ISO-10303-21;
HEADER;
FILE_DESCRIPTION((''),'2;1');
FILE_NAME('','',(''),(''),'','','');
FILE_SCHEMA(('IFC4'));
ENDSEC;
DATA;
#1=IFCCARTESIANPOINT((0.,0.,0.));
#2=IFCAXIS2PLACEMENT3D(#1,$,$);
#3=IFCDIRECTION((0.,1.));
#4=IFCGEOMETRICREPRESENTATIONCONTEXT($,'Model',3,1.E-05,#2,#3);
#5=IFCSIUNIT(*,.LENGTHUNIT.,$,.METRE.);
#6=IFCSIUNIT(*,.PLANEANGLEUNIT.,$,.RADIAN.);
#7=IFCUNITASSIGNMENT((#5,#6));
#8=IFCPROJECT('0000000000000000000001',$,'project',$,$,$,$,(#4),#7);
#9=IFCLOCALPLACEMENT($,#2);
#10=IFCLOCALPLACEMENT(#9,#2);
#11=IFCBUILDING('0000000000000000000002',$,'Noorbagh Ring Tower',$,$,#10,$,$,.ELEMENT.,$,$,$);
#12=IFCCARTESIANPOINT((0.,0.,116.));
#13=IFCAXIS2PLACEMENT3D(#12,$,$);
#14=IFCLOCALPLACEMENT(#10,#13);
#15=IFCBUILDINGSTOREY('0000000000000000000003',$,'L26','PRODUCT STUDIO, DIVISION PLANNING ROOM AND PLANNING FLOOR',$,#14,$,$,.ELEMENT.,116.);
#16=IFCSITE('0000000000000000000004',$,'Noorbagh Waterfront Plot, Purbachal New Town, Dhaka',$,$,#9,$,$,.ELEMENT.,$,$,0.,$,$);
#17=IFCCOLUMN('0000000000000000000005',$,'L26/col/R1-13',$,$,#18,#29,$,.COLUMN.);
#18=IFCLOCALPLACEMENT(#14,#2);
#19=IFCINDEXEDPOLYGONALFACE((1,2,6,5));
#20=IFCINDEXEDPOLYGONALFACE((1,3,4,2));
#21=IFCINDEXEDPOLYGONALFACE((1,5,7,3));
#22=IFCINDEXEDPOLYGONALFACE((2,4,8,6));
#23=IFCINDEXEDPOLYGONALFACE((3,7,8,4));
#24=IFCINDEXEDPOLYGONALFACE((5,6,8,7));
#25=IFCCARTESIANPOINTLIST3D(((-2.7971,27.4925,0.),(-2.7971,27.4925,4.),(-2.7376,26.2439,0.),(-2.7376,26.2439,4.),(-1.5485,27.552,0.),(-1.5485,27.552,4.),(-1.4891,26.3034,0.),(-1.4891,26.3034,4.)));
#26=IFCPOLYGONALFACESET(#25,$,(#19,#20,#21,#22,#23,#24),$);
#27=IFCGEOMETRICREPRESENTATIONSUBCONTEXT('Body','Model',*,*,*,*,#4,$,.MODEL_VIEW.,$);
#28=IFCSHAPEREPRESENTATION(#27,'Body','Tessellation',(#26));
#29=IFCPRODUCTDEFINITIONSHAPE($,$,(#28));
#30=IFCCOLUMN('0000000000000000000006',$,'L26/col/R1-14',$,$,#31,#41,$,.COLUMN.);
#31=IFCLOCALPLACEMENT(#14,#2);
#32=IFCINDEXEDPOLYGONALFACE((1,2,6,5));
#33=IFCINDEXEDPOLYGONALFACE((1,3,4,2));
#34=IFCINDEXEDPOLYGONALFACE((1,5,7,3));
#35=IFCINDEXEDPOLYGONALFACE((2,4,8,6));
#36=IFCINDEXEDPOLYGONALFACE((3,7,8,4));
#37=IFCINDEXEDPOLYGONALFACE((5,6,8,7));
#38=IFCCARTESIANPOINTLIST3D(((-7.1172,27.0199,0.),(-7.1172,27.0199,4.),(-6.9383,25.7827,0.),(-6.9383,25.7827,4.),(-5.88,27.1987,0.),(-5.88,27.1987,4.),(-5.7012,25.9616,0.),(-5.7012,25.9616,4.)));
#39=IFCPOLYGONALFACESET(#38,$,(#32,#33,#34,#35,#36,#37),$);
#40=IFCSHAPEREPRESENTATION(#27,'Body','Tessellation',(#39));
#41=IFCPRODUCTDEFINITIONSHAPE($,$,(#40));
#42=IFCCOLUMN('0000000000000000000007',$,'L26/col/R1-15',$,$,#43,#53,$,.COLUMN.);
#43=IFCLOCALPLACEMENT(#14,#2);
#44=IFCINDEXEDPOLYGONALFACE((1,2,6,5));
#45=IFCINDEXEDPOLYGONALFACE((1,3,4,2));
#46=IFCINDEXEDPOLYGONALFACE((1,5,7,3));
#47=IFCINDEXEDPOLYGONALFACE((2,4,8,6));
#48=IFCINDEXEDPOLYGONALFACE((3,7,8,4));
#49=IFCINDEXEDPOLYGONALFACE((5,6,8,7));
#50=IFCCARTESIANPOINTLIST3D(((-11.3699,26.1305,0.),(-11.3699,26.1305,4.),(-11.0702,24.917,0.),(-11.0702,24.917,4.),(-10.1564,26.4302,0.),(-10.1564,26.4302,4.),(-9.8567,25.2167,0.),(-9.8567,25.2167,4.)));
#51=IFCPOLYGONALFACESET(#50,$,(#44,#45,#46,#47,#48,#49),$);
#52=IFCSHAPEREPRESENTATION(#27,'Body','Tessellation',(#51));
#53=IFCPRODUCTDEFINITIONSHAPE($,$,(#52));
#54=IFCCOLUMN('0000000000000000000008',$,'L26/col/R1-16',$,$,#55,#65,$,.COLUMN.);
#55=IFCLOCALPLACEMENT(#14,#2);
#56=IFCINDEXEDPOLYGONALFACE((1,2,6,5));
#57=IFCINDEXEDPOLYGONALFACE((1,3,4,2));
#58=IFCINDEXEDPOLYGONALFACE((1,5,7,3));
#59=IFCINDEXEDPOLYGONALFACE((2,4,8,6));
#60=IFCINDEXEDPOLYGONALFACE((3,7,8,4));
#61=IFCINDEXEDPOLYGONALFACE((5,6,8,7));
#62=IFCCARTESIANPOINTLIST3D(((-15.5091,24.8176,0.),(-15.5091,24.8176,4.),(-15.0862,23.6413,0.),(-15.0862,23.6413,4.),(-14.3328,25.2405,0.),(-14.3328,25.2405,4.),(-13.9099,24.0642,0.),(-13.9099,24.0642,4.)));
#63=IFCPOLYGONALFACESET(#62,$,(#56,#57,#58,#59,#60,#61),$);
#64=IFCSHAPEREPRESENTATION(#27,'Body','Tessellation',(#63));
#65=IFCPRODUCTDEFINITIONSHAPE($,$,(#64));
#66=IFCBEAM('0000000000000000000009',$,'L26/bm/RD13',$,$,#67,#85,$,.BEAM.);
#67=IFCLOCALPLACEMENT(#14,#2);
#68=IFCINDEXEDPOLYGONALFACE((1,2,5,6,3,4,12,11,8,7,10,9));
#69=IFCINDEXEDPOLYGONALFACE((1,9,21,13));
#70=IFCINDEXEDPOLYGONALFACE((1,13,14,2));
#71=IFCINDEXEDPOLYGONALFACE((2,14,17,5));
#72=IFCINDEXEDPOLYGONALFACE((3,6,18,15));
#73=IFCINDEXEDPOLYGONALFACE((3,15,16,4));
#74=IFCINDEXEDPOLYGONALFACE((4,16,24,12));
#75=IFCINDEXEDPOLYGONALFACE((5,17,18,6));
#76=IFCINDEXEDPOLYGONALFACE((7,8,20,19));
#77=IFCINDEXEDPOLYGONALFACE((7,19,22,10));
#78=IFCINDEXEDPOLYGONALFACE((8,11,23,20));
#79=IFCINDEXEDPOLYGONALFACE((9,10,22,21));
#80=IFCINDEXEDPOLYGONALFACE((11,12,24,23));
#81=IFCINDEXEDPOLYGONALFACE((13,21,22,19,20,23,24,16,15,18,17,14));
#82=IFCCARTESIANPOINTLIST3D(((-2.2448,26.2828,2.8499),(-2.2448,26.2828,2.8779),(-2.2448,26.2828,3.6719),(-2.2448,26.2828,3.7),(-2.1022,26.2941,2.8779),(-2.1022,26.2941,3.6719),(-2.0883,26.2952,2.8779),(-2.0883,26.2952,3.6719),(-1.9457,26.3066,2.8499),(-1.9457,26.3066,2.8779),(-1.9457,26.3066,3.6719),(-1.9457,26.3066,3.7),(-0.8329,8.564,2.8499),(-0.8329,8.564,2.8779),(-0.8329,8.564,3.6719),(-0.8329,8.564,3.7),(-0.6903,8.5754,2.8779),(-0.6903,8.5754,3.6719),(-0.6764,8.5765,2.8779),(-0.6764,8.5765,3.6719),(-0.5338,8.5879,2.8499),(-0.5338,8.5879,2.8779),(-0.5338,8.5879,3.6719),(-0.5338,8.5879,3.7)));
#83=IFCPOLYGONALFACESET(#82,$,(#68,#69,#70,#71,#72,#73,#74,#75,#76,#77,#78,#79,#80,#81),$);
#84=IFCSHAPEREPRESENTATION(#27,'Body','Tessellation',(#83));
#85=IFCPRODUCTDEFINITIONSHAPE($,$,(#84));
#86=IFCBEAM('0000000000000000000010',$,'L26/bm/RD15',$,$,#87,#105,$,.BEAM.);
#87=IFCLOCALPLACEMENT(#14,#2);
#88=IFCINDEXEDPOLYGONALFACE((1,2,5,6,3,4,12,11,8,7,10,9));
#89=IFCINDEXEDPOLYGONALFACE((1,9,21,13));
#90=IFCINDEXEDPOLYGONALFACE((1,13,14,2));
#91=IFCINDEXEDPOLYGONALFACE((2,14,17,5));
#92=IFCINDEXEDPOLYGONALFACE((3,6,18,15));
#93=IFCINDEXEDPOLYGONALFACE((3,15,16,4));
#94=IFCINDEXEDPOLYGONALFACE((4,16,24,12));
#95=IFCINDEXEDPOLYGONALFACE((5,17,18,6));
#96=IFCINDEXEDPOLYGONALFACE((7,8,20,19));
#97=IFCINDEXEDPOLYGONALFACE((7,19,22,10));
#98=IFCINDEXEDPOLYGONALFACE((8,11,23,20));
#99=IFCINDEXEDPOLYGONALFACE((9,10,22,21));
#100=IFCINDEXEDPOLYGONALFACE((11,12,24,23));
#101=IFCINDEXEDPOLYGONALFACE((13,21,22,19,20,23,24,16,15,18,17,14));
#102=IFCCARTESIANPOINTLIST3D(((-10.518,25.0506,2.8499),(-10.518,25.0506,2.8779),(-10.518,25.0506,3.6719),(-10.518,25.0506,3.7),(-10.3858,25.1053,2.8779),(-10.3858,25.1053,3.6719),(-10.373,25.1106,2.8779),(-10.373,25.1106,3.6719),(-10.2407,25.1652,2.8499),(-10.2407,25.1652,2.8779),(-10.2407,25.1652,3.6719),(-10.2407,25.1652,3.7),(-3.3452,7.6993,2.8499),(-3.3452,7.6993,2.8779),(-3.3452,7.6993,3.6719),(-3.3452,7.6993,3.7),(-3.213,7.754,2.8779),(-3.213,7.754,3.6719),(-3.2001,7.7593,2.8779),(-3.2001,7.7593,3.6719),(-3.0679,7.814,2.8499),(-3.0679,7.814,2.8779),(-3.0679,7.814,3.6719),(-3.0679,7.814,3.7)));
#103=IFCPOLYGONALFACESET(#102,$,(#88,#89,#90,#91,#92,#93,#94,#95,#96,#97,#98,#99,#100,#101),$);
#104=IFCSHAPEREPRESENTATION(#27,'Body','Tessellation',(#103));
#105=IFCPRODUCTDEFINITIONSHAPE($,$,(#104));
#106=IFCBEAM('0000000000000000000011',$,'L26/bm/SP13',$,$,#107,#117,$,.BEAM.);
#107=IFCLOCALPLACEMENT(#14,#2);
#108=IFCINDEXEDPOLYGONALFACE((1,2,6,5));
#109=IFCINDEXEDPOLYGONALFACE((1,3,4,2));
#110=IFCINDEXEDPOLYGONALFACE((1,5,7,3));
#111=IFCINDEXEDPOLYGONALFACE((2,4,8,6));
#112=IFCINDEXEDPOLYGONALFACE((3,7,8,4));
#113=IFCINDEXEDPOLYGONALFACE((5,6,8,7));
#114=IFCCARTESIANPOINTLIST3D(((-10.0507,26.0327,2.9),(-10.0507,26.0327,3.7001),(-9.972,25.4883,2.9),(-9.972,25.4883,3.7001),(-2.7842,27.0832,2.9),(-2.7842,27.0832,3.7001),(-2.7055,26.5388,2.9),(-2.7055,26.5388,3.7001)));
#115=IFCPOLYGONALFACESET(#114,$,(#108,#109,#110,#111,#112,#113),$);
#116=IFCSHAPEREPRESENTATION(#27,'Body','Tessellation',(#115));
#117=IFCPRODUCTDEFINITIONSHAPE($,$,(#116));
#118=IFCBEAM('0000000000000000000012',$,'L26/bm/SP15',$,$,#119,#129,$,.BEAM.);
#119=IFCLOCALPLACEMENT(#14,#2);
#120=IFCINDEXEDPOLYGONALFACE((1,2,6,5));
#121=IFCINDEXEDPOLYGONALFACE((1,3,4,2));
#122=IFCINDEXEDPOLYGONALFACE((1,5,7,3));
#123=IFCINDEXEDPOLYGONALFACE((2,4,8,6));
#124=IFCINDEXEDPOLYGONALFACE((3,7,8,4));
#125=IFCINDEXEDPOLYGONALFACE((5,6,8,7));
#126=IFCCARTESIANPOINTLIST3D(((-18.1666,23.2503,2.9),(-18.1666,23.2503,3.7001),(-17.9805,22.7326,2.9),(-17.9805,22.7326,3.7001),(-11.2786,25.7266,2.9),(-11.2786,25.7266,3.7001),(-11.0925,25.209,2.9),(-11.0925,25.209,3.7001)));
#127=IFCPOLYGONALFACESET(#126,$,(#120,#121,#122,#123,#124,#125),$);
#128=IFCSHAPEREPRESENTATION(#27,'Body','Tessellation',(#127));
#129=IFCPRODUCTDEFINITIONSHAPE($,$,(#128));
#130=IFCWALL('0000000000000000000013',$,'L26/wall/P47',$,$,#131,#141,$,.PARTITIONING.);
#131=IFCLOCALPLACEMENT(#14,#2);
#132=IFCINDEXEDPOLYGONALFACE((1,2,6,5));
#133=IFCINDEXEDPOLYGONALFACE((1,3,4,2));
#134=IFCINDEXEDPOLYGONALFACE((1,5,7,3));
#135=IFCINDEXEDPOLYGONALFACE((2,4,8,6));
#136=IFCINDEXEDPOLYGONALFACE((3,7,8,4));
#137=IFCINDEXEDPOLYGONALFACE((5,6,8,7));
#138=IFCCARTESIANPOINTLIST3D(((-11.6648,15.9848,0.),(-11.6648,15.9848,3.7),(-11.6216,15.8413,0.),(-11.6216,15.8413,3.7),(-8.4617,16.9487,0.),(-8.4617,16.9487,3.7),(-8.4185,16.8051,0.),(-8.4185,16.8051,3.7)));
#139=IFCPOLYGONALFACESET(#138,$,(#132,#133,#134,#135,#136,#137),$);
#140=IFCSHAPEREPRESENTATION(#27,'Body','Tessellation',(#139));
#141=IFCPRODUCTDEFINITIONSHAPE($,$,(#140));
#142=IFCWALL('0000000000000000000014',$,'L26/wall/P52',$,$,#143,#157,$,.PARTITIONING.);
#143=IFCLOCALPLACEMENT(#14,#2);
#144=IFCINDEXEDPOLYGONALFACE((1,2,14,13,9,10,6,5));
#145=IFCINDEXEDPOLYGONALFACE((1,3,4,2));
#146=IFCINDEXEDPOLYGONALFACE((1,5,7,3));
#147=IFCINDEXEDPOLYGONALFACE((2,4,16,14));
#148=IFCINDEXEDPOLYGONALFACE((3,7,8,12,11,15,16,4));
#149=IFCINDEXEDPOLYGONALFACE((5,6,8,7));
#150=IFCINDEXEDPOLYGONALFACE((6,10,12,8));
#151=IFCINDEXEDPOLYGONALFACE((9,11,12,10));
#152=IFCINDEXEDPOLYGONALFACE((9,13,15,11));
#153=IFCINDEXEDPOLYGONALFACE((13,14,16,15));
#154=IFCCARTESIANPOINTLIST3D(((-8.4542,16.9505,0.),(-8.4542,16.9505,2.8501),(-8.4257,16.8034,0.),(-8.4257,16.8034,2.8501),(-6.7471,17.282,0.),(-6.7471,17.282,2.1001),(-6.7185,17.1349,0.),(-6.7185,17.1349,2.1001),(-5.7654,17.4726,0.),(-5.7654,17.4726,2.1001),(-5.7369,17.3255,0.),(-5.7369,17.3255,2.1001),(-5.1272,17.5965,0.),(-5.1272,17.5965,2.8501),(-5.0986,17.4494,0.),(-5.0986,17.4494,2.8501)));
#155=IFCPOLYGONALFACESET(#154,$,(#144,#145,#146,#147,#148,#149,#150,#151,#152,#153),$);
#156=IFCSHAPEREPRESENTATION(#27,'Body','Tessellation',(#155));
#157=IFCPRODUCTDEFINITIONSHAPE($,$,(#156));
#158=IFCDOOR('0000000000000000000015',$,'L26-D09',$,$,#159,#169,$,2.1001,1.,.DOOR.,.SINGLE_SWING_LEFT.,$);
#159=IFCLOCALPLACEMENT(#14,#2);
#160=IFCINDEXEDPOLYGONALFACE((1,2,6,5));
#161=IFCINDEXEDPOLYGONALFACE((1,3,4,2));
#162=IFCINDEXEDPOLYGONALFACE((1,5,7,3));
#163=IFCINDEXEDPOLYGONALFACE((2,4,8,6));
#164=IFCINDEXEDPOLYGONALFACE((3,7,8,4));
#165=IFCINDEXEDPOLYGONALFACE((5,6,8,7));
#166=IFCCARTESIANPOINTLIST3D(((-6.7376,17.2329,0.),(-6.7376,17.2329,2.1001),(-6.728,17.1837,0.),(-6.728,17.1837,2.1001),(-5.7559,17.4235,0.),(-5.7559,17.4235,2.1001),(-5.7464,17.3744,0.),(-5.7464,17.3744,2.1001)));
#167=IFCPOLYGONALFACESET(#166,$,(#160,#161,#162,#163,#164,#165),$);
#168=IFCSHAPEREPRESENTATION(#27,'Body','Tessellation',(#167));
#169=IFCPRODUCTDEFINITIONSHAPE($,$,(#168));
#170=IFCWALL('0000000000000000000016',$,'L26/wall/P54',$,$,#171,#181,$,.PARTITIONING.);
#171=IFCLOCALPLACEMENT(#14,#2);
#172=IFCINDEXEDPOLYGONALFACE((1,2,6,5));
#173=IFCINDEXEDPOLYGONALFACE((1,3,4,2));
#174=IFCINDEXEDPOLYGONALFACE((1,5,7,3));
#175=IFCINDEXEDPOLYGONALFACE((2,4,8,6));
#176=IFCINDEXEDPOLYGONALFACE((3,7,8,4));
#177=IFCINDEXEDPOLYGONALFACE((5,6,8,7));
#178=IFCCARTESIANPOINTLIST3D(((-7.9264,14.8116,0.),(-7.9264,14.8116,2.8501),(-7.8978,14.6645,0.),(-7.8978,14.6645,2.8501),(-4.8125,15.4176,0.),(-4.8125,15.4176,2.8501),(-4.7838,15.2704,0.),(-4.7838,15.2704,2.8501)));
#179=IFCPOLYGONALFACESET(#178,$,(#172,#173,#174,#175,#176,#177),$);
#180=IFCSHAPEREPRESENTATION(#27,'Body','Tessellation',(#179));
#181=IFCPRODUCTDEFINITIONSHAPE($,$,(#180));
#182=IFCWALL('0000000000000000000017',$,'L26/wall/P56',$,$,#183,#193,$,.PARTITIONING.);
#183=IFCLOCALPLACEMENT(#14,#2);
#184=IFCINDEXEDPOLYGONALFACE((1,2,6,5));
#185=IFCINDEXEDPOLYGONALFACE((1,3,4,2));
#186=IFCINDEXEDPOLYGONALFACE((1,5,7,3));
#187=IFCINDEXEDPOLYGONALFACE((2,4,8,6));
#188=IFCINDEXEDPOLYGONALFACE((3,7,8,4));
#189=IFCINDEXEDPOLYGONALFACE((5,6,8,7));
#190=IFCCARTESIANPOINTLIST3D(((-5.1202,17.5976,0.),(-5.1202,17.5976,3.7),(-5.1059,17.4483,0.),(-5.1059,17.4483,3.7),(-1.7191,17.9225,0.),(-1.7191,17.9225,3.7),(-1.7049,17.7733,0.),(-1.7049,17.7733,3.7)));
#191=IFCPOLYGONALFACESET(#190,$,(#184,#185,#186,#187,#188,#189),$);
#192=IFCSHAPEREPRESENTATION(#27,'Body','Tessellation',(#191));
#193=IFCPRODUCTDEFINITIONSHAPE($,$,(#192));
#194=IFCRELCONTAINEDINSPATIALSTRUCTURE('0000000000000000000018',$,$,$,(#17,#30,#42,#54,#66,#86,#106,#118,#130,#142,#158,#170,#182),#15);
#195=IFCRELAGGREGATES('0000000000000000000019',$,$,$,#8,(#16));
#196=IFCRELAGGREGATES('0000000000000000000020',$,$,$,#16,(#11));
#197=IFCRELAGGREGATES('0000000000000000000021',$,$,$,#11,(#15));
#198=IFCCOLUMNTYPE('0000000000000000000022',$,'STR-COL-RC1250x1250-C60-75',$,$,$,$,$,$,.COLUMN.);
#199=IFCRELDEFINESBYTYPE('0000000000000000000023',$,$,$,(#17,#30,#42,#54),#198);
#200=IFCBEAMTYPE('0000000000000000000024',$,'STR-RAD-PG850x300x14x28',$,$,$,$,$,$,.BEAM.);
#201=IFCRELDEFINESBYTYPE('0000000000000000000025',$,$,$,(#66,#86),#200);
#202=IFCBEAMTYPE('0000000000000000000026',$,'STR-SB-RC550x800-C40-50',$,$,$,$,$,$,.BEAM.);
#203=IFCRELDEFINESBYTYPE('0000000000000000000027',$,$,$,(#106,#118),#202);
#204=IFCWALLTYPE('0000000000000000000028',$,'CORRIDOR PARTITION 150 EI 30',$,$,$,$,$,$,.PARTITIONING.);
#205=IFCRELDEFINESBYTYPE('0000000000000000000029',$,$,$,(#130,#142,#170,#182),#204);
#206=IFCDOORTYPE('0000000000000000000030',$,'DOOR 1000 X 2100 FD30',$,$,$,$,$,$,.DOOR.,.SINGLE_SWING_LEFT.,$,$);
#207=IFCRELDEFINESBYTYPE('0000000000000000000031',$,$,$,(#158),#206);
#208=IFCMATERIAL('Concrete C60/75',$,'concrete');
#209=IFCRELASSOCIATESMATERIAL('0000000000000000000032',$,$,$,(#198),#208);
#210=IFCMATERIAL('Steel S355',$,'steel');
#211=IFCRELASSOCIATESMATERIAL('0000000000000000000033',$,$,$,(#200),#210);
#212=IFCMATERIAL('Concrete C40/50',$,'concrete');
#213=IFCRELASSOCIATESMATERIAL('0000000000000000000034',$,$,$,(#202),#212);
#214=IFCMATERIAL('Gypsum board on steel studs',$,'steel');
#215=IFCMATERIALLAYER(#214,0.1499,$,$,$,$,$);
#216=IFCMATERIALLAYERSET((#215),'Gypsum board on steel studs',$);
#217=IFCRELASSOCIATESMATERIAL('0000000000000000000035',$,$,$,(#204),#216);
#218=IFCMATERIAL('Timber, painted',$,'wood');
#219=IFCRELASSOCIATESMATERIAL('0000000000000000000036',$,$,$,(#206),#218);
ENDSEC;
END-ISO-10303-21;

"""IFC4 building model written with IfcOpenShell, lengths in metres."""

from ifc_helpers import new_model, si_unit, direction, frame, frame_2d, origin, origin_2d, place, context, subcontext, project, spatial, rectangle, i_section, extrude, material, layer, layer_set, material_profile, profile_set, type_object, element, fill, save


model = new_model("IFC4")

# Units and contexts
model_context = context("Model", 3, precision=1e-05, world=origin(), true_north=direction((0.0, 1.0)))
body_context = subcontext(model_context, "Body", "Model", "MODEL_VIEW")
ifc_project = project(units=[si_unit("LENGTHUNIT", "METRE"), si_unit("PLANEANGLEUNIT", "RADIAN")], contexts=[model_context])

# Site, building, storey
site_placement = place(None, origin())
site = spatial("IfcSite", under=ifc_project, at=site_placement, Name="Noorbagh Waterfront Plot, Purbachal New Town, Dhaka", CompositionType="ELEMENT", RefElevation=0.0)
building_placement = place(site_placement, origin())
building = spatial("IfcBuilding", under=site, at=building_placement, Name="Noorbagh Ring Tower", CompositionType="ELEMENT")
storey_placement = place(building_placement, frame((0.0, 0.0, 116.0)))
storey = spatial("IfcBuildingStorey", under=building, at=storey_placement, Name="L26", Description="PRODUCT STUDIO, DIVISION PLANNING ROOM AND PLANNING FLOOR", CompositionType="ELEMENT", Elevation=116.0)

# Columns
ifc_material_1 = material(Name="Concrete C60/75", Category="concrete")
ifc_material_profile_1 = material_profile(ifc_material_1, rectangle(XDim=1.25, YDim=1.25, at=origin_2d()), Name="RC1250x1250")
ifc_profile_set_1 = profile_set([ifc_material_profile_1], Name="Concrete C60/75")
column_type = type_object("IfcColumnType", Name="STR-COL-RC1250x1250-C60-75", PredefinedType="COLUMN", material=ifc_profile_set_1)
for number, where, z_axis, x_axis, name in (
    (1, (-2.1431, 26.8979, 0.0), (0.0, 0.0, 1.0), (-0.998869, -0.047553, 0.0), "L26/col/R1-13"),
    (2, (-6.4092, 26.4907, 0.0), (0.0, 0.0, 1.0), (-0.989713, -0.143066, 0.0), "L26/col/R1-14"),
    (3, (-10.6133, 25.6736, 0.0), (0.0, 0.0, 1.0), (-0.970829, -0.239771, 0.0), "L26/col/R1-15"),
    (4, (-14.7095, 24.4409, 0.0), (0.0, 0.0, 1.0), (-0.941025, -0.338338, 0.0), "L26/col/R1-16"),
):
    element("IfcColumn", number, at=place(storey_placement, frame(where, z_axis=z_axis, x_axis=x_axis)), inside=storey, type_object=column_type, Name=name, PredefinedType="COLUMN", context=body_context, shape_type="SweptSolid", body=[
        extrude(rectangle(XDim=1.25, YDim=1.25, at=origin_2d()), origin(), (0.0, 0.0, 1.0), 4.0),
    ])

# Beams
ifc_material_2 = material(Name="Steel S355", Category="steel")
ifc_material_profile_2 = material_profile(ifc_material_2, i_section(OverallWidth=0.3, OverallDepth=0.8501, WebThickness=0.0139, FlangeThickness=0.0281, at=origin_2d()), Name="PG850x300x14x28")
ifc_profile_set_2 = profile_set([ifc_material_profile_2], Name="Steel S355")
beam_type_1 = type_object("IfcBeamType", Name="STR-RAD-PG850x300x14x28", PredefinedType="BEAM", material=ifc_profile_set_2)
beam_1_placement = place(storey_placement, frame((-2.0952, 26.2947, 3.2749), z_axis=(0.07943, -0.99684, 0.0), x_axis=(0.99684, 0.07943, 0.0)))
element("IfcBeam", 5, at=beam_1_placement, inside=storey, type_object=beam_type_1, Name="L26/bm/RD13", PredefinedType="BEAM", context=body_context, shape_type="SweptSolid", body=[
    extrude(i_section(OverallWidth=0.3, OverallDepth=0.8501, WebThickness=0.0139, FlangeThickness=0.0281, at=origin_2d()), origin(), (0.0, 0.0, 1.0), 17.7749),
])
beam_2_placement = place(storey_placement, frame((-10.3794, 25.1079, 3.2749), z_axis=(0.382033, -0.924149, 0.0), x_axis=(0.924149, 0.382033, 0.0)))
element("IfcBeam", 6, at=beam_2_placement, inside=storey, type_object=beam_type_1, Name="L26/bm/RD15", PredefinedType="BEAM", context=body_context, shape_type="SweptSolid", body=[
    extrude(i_section(OverallWidth=0.3, OverallDepth=0.8501, WebThickness=0.0139, FlangeThickness=0.0281, at=origin_2d()), origin(), (0.0, 0.0, 1.0), 18.7754),
])
ifc_material_3 = material(Name="Concrete C40/50", Category="concrete")
ifc_material_profile_3 = material_profile(ifc_material_3, rectangle(XDim=0.55, YDim=0.8, at=origin_2d()), Name="RC550x800")
ifc_profile_set_3 = profile_set([ifc_material_profile_3], Name="Concrete C40/50")
beam_type_2 = type_object("IfcBeamType", Name="STR-SB-RC550x800-C40-50", PredefinedType="BEAM", material=ifc_profile_set_3)
beam_3_placement = place(storey_placement, frame((-2.7449, 26.811, 3.3), z_axis=(-0.989711, -0.143083, 0.0), x_axis=(0.143083, -0.989711, 0.0)))
element("IfcBeam", 7, at=beam_3_placement, inside=storey, type_object=beam_type_2, Name="L26/bm/SP13", PredefinedType="BEAM", context=body_context, shape_type="SweptSolid", body=[
    extrude(rectangle(XDim=0.55, YDim=0.8, at=origin_2d()), origin(), (0.0, 0.0, 1.0), 7.342),
])
beam_4_placement = place(storey_placement, frame((-11.1855, 25.4678, 3.3), z_axis=(-0.941033, -0.338315, 0.0), x_axis=(0.338315, -0.941033, 0.0)))
element("IfcBeam", 8, at=beam_4_placement, inside=storey, type_object=beam_type_2, Name="L26/bm/SP15", PredefinedType="BEAM", context=body_context, shape_type="SweptSolid", body=[
    extrude(rectangle(XDim=0.55, YDim=0.8, at=origin_2d()), origin(), (0.0, 0.0, 1.0), 7.3196),
])

# Wall
ifc_material_4 = material(Name="Gypsum board on steel studs", Category="steel")
ifc_layer_1 = layer(ifc_material_4, 0.1499)
ifc_layer_set_1 = layer_set([ifc_layer_1], Name="Gypsum board on steel studs")
wall_type_1 = type_object("IfcWallType", Name="CORRIDOR PARTITION 150 EI 30", PredefinedType="PARTITIONING", material=ifc_layer_set_1)
wall_1_placement = place(storey_placement, frame((-11.6431, 15.9131, 0.0), z_axis=(0.0, 0.0, 1.0), x_axis=(0.957585, 0.288151, 0.0)))
element("IfcWall", 9, at=wall_1_placement, inside=storey, type_object=wall_type_1, Name="L26/wall/P47", PredefinedType="PARTITIONING", context=body_context, shape_type="SweptSolid", body=[
    extrude(rectangle(XDim=3.345, YDim=0.1499, at=frame_2d((1.6724, 0.0))), origin(), (0.0, 0.0, 1.0), 3.7),
])

# Wall, opening, door
wall_2_placement = place(storey_placement, frame((-8.4399, 16.877, 0.0), z_axis=(0.0, 0.0, 1.0), x_axis=(0.981665, 0.190613, 0.0)))
wall_2 = element("IfcWall", 10, at=wall_2_placement, inside=storey, type_object=wall_type_1, Name="L26/wall/P52", PredefinedType="PARTITIONING", context=body_context, shape_type="SweptSolid", body=[
    extrude(rectangle(XDim=3.3892, YDim=0.1499, at=frame_2d((1.6946, 0.0))), origin(), (0.0, 0.0, 1.0), 2.8501),
])
opening_1_placement = place(wall_2_placement, frame((1.739, 0.0, 0.0)))
opening_1 = element("IfcOpeningElement", 11, at=opening_1_placement, cuts=wall_2, PredefinedType="OPENING", context=body_context, shape_type="SweptSolid", body=[
    extrude(rectangle(XDim=1.0, YDim=2.1001, at=frame_2d((0.5, 1.05))), frame((0.0, 0.085, 0.0), z_axis=(0.0, -1.0, 0.0), x_axis=(1.0, 0.0, 0.0)), (0.0, 0.0, 1.0), 0.1699),
])
ifc_material_5 = material(Name="Timber, painted", Category="wood")
door_type_1 = type_object("IfcDoorType", Name="DOOR 1000 X 2100 FD30", OperationType="SINGLE_SWING_LEFT", PredefinedType="DOOR", material=ifc_material_5)
door_1_placement = place(opening_1_placement, origin())
door_1 = element("IfcDoor", 12, at=door_1_placement, inside=storey, type_object=door_type_1, Name="L26-D09", OperationType="SINGLE_SWING_LEFT", OverallHeight=2.1001, OverallWidth=1.0, PredefinedType="DOOR", context=body_context, shape_type="SweptSolid", body=[
    extrude(rectangle(XDim=1.0, YDim=2.1001, at=frame_2d((0.5, 1.05))), frame((0.0, 0.0249, 0.0), z_axis=(0.0, -1.0, 0.0), x_axis=(1.0, 0.0, 0.0)), (0.0, 0.0, 1.0), 0.05),
])
fill(opening_1, door_1)

# Walls
wall_3_placement = place(storey_placement, frame((-7.9121, 14.738, 0.0), z_axis=(0.0, 0.0, 1.0), x_axis=(0.981589, 0.191008, 0.0)))
element("IfcWall", 13, at=wall_3_placement, inside=storey, type_object=wall_type_1, Name="L26/wall/P54", PredefinedType="PARTITIONING", context=body_context, shape_type="SweptSolid", body=[
    extrude(rectangle(XDim=3.1724, YDim=0.1499, at=frame_2d((1.5862, 0.0))), origin(), (0.0, 0.0, 1.0), 2.8501),
])
wall_4_placement = place(storey_placement, frame((-5.113, 17.5229, 0.0), z_axis=(0.0, 0.0, 1.0), x_axis=(0.995467, 0.095109, 0.0)))
element("IfcWall", 14, at=wall_4_placement, inside=storey, type_object=wall_type_1, Name="L26/wall/P56", PredefinedType="PARTITIONING", context=body_context, shape_type="SweptSolid", body=[
    extrude(rectangle(XDim=3.4165, YDim=0.1499, at=frame_2d((1.7083, 0.0))), origin(), (0.0, 0.0, 1.0), 3.7),
])

save(model, "model.ifc")
